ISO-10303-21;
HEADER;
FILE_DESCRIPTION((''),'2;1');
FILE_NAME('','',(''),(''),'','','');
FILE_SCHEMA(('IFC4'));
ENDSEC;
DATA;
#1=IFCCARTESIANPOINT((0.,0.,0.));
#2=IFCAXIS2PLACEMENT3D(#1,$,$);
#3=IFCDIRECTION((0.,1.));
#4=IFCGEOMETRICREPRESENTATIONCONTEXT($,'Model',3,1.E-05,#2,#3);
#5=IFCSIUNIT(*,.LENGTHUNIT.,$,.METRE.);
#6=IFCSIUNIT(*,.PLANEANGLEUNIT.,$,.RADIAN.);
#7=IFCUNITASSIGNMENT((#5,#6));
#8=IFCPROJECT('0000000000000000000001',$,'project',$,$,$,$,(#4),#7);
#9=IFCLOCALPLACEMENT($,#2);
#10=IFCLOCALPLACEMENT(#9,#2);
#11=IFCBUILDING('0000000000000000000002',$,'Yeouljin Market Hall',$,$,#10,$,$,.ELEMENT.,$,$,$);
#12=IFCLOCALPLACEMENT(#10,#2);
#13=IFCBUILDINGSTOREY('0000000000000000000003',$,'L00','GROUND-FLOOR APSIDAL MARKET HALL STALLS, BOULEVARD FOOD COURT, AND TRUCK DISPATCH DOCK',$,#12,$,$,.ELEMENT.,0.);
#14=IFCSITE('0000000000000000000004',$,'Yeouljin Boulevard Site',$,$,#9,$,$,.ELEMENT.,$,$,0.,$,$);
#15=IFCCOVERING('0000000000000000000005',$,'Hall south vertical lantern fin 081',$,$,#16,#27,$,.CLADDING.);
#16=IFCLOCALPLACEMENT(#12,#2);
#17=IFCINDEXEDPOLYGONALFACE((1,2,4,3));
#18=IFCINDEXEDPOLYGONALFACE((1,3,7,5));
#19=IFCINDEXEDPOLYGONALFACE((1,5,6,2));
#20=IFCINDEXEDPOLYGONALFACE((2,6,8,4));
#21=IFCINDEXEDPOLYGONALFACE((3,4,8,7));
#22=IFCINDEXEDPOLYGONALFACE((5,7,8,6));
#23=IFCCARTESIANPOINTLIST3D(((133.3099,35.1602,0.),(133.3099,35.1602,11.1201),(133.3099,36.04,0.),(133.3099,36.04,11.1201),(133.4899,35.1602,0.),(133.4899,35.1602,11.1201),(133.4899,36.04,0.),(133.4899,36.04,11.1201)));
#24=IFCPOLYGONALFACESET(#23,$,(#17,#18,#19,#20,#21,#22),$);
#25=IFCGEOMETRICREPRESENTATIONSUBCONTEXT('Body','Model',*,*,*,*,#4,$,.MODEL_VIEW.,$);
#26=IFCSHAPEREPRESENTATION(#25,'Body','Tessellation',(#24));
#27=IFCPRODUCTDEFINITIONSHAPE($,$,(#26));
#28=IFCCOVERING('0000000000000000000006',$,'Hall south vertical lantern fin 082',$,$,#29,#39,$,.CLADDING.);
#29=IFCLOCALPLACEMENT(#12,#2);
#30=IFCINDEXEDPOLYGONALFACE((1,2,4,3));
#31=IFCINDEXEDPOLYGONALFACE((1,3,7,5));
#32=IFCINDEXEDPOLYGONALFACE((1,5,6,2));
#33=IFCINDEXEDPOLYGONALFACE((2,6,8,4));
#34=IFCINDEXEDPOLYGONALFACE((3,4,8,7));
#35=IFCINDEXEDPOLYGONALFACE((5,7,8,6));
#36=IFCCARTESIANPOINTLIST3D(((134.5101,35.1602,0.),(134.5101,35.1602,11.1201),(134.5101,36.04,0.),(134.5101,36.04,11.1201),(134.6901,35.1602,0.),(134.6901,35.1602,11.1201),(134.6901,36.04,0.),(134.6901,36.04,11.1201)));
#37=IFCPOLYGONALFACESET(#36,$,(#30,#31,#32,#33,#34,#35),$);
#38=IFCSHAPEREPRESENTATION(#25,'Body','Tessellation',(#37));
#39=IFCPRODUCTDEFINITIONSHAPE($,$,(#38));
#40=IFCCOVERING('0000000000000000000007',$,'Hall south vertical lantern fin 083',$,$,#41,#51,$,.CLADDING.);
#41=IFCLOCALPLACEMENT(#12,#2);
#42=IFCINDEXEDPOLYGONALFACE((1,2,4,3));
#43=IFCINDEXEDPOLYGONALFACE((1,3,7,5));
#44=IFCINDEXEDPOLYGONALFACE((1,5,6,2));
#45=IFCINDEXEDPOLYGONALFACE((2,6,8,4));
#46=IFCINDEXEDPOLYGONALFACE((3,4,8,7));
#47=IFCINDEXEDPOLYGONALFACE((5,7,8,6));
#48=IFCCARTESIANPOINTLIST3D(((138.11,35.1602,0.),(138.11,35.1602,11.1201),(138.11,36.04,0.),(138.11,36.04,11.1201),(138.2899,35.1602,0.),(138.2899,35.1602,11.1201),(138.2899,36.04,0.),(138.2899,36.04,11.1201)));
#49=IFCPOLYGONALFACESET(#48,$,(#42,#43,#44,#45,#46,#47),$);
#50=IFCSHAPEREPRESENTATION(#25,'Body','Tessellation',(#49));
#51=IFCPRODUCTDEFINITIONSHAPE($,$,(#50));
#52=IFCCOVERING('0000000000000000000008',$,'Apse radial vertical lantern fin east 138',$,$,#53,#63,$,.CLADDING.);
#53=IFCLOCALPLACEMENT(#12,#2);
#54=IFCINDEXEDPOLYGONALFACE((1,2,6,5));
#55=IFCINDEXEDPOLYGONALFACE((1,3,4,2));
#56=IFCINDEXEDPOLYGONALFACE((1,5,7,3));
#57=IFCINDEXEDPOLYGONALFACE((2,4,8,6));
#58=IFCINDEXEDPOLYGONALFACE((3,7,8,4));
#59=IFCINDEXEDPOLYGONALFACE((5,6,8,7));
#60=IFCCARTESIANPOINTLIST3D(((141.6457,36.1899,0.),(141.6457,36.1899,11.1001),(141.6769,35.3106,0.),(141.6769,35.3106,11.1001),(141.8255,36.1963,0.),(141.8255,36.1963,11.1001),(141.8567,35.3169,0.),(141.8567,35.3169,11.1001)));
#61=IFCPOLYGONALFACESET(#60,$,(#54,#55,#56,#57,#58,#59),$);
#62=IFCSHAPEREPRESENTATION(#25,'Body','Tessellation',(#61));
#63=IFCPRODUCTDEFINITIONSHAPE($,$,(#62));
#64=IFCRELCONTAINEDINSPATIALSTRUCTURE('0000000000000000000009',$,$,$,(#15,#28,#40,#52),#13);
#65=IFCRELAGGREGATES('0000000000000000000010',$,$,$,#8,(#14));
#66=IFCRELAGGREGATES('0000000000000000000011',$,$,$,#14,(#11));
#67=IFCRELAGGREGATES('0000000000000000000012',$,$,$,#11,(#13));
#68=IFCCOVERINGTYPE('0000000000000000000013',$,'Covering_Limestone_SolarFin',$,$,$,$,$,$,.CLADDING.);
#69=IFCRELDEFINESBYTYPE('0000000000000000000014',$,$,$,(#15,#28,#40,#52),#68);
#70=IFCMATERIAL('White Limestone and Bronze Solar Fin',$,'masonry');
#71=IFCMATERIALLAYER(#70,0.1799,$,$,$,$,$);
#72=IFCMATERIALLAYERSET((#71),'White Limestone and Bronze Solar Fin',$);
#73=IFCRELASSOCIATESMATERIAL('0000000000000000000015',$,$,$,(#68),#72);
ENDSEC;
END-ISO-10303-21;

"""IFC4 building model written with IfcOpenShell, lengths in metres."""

from ifc_helpers import new_model, si_unit, direction, frame, origin, origin_2d, place, context, subcontext, project, spatial, rectangle, extrude, material, layer, layer_set, type_object, element, save


model = new_model("IFC4")

# Units and contexts
model_context = context("Model", 3, precision=1e-05, world=origin(), true_north=direction((0.0, 1.0)))
body_context = subcontext(model_context, "Body", "Model", "MODEL_VIEW")
ifc_project = project(units=[si_unit("LENGTHUNIT", "METRE"), si_unit("PLANEANGLEUNIT", "RADIAN")], contexts=[model_context])

# Site, building, storey
site_placement = place(None, origin())
site = spatial("IfcSite", under=ifc_project, at=site_placement, Name="Yeouljin Boulevard Site", CompositionType="ELEMENT", RefElevation=0.0)
building_placement = place(site_placement, origin())
building = spatial("IfcBuilding", under=site, at=building_placement, Name="Yeouljin Market Hall", CompositionType="ELEMENT")
storey_placement = place(building_placement, origin())
storey = spatial("IfcBuildingStorey", under=building, at=storey_placement, Name="L00", Description="GROUND-FLOOR APSIDAL MARKET HALL STALLS, BOULEVARD FOOD COURT, AND TRUCK DISPATCH DOCK", CompositionType="ELEMENT", Elevation=0.0)

# Coverings
ifc_material_1 = material(Name="White Limestone and Bronze Solar Fin", Category="masonry")
ifc_layer_1 = layer(ifc_material_1, 0.1799)
ifc_layer_set_1 = layer_set([ifc_layer_1], Name="White Limestone and Bronze Solar Fin")
covering_type = type_object("IfcCoveringType", Name="Covering_Limestone_SolarFin", PredefinedType="CLADDING", material=ifc_layer_set_1)
for number, where, z_axis, x_axis, name in (
    (1, (133.3999, 35.6001, 0.0), (0.0, 0.0, 1.0), (1.0, 0.0, 0.0), "Hall south vertical lantern fin 081"),
    (2, (134.6001, 35.6001, 0.0), (0.0, 0.0, 1.0), (1.0, 0.0, 0.0), "Hall south vertical lantern fin 082"),
    (3, (138.2, 35.6001, 0.0), (0.0, 0.0, 1.0), (1.0, 0.0, 0.0), "Hall south vertical lantern fin 083"),
):
    element("IfcCovering", number, at=place(storey_placement, frame(where, z_axis=z_axis, x_axis=x_axis)), inside=storey, type_object=covering_type, Name=name, PredefinedType="CLADDING", context=body_context, shape_type="SweptSolid", body=[
        extrude(rectangle(XDim=0.1799, YDim=0.8799, at=origin_2d()), origin(), (0.0, 0.0, 1.0), 11.1201),
    ])
covering_placement = place(storey_placement, frame((141.7512, 35.7534, 0.0), z_axis=(0.0, 0.0, 1.0), x_axis=(0.035423, -0.999372, 0.0)))
element("IfcCovering", 4, at=covering_placement, inside=storey, type_object=covering_type, Name="Apse radial vertical lantern fin east 138", PredefinedType="CLADDING", context=body_context, shape_type="SweptSolid", body=[
    extrude(rectangle(XDim=0.8799, YDim=0.1799, at=origin_2d()), origin(), (0.0, 0.0, 1.0), 11.1001),
])

save(model, "model.ifc")
